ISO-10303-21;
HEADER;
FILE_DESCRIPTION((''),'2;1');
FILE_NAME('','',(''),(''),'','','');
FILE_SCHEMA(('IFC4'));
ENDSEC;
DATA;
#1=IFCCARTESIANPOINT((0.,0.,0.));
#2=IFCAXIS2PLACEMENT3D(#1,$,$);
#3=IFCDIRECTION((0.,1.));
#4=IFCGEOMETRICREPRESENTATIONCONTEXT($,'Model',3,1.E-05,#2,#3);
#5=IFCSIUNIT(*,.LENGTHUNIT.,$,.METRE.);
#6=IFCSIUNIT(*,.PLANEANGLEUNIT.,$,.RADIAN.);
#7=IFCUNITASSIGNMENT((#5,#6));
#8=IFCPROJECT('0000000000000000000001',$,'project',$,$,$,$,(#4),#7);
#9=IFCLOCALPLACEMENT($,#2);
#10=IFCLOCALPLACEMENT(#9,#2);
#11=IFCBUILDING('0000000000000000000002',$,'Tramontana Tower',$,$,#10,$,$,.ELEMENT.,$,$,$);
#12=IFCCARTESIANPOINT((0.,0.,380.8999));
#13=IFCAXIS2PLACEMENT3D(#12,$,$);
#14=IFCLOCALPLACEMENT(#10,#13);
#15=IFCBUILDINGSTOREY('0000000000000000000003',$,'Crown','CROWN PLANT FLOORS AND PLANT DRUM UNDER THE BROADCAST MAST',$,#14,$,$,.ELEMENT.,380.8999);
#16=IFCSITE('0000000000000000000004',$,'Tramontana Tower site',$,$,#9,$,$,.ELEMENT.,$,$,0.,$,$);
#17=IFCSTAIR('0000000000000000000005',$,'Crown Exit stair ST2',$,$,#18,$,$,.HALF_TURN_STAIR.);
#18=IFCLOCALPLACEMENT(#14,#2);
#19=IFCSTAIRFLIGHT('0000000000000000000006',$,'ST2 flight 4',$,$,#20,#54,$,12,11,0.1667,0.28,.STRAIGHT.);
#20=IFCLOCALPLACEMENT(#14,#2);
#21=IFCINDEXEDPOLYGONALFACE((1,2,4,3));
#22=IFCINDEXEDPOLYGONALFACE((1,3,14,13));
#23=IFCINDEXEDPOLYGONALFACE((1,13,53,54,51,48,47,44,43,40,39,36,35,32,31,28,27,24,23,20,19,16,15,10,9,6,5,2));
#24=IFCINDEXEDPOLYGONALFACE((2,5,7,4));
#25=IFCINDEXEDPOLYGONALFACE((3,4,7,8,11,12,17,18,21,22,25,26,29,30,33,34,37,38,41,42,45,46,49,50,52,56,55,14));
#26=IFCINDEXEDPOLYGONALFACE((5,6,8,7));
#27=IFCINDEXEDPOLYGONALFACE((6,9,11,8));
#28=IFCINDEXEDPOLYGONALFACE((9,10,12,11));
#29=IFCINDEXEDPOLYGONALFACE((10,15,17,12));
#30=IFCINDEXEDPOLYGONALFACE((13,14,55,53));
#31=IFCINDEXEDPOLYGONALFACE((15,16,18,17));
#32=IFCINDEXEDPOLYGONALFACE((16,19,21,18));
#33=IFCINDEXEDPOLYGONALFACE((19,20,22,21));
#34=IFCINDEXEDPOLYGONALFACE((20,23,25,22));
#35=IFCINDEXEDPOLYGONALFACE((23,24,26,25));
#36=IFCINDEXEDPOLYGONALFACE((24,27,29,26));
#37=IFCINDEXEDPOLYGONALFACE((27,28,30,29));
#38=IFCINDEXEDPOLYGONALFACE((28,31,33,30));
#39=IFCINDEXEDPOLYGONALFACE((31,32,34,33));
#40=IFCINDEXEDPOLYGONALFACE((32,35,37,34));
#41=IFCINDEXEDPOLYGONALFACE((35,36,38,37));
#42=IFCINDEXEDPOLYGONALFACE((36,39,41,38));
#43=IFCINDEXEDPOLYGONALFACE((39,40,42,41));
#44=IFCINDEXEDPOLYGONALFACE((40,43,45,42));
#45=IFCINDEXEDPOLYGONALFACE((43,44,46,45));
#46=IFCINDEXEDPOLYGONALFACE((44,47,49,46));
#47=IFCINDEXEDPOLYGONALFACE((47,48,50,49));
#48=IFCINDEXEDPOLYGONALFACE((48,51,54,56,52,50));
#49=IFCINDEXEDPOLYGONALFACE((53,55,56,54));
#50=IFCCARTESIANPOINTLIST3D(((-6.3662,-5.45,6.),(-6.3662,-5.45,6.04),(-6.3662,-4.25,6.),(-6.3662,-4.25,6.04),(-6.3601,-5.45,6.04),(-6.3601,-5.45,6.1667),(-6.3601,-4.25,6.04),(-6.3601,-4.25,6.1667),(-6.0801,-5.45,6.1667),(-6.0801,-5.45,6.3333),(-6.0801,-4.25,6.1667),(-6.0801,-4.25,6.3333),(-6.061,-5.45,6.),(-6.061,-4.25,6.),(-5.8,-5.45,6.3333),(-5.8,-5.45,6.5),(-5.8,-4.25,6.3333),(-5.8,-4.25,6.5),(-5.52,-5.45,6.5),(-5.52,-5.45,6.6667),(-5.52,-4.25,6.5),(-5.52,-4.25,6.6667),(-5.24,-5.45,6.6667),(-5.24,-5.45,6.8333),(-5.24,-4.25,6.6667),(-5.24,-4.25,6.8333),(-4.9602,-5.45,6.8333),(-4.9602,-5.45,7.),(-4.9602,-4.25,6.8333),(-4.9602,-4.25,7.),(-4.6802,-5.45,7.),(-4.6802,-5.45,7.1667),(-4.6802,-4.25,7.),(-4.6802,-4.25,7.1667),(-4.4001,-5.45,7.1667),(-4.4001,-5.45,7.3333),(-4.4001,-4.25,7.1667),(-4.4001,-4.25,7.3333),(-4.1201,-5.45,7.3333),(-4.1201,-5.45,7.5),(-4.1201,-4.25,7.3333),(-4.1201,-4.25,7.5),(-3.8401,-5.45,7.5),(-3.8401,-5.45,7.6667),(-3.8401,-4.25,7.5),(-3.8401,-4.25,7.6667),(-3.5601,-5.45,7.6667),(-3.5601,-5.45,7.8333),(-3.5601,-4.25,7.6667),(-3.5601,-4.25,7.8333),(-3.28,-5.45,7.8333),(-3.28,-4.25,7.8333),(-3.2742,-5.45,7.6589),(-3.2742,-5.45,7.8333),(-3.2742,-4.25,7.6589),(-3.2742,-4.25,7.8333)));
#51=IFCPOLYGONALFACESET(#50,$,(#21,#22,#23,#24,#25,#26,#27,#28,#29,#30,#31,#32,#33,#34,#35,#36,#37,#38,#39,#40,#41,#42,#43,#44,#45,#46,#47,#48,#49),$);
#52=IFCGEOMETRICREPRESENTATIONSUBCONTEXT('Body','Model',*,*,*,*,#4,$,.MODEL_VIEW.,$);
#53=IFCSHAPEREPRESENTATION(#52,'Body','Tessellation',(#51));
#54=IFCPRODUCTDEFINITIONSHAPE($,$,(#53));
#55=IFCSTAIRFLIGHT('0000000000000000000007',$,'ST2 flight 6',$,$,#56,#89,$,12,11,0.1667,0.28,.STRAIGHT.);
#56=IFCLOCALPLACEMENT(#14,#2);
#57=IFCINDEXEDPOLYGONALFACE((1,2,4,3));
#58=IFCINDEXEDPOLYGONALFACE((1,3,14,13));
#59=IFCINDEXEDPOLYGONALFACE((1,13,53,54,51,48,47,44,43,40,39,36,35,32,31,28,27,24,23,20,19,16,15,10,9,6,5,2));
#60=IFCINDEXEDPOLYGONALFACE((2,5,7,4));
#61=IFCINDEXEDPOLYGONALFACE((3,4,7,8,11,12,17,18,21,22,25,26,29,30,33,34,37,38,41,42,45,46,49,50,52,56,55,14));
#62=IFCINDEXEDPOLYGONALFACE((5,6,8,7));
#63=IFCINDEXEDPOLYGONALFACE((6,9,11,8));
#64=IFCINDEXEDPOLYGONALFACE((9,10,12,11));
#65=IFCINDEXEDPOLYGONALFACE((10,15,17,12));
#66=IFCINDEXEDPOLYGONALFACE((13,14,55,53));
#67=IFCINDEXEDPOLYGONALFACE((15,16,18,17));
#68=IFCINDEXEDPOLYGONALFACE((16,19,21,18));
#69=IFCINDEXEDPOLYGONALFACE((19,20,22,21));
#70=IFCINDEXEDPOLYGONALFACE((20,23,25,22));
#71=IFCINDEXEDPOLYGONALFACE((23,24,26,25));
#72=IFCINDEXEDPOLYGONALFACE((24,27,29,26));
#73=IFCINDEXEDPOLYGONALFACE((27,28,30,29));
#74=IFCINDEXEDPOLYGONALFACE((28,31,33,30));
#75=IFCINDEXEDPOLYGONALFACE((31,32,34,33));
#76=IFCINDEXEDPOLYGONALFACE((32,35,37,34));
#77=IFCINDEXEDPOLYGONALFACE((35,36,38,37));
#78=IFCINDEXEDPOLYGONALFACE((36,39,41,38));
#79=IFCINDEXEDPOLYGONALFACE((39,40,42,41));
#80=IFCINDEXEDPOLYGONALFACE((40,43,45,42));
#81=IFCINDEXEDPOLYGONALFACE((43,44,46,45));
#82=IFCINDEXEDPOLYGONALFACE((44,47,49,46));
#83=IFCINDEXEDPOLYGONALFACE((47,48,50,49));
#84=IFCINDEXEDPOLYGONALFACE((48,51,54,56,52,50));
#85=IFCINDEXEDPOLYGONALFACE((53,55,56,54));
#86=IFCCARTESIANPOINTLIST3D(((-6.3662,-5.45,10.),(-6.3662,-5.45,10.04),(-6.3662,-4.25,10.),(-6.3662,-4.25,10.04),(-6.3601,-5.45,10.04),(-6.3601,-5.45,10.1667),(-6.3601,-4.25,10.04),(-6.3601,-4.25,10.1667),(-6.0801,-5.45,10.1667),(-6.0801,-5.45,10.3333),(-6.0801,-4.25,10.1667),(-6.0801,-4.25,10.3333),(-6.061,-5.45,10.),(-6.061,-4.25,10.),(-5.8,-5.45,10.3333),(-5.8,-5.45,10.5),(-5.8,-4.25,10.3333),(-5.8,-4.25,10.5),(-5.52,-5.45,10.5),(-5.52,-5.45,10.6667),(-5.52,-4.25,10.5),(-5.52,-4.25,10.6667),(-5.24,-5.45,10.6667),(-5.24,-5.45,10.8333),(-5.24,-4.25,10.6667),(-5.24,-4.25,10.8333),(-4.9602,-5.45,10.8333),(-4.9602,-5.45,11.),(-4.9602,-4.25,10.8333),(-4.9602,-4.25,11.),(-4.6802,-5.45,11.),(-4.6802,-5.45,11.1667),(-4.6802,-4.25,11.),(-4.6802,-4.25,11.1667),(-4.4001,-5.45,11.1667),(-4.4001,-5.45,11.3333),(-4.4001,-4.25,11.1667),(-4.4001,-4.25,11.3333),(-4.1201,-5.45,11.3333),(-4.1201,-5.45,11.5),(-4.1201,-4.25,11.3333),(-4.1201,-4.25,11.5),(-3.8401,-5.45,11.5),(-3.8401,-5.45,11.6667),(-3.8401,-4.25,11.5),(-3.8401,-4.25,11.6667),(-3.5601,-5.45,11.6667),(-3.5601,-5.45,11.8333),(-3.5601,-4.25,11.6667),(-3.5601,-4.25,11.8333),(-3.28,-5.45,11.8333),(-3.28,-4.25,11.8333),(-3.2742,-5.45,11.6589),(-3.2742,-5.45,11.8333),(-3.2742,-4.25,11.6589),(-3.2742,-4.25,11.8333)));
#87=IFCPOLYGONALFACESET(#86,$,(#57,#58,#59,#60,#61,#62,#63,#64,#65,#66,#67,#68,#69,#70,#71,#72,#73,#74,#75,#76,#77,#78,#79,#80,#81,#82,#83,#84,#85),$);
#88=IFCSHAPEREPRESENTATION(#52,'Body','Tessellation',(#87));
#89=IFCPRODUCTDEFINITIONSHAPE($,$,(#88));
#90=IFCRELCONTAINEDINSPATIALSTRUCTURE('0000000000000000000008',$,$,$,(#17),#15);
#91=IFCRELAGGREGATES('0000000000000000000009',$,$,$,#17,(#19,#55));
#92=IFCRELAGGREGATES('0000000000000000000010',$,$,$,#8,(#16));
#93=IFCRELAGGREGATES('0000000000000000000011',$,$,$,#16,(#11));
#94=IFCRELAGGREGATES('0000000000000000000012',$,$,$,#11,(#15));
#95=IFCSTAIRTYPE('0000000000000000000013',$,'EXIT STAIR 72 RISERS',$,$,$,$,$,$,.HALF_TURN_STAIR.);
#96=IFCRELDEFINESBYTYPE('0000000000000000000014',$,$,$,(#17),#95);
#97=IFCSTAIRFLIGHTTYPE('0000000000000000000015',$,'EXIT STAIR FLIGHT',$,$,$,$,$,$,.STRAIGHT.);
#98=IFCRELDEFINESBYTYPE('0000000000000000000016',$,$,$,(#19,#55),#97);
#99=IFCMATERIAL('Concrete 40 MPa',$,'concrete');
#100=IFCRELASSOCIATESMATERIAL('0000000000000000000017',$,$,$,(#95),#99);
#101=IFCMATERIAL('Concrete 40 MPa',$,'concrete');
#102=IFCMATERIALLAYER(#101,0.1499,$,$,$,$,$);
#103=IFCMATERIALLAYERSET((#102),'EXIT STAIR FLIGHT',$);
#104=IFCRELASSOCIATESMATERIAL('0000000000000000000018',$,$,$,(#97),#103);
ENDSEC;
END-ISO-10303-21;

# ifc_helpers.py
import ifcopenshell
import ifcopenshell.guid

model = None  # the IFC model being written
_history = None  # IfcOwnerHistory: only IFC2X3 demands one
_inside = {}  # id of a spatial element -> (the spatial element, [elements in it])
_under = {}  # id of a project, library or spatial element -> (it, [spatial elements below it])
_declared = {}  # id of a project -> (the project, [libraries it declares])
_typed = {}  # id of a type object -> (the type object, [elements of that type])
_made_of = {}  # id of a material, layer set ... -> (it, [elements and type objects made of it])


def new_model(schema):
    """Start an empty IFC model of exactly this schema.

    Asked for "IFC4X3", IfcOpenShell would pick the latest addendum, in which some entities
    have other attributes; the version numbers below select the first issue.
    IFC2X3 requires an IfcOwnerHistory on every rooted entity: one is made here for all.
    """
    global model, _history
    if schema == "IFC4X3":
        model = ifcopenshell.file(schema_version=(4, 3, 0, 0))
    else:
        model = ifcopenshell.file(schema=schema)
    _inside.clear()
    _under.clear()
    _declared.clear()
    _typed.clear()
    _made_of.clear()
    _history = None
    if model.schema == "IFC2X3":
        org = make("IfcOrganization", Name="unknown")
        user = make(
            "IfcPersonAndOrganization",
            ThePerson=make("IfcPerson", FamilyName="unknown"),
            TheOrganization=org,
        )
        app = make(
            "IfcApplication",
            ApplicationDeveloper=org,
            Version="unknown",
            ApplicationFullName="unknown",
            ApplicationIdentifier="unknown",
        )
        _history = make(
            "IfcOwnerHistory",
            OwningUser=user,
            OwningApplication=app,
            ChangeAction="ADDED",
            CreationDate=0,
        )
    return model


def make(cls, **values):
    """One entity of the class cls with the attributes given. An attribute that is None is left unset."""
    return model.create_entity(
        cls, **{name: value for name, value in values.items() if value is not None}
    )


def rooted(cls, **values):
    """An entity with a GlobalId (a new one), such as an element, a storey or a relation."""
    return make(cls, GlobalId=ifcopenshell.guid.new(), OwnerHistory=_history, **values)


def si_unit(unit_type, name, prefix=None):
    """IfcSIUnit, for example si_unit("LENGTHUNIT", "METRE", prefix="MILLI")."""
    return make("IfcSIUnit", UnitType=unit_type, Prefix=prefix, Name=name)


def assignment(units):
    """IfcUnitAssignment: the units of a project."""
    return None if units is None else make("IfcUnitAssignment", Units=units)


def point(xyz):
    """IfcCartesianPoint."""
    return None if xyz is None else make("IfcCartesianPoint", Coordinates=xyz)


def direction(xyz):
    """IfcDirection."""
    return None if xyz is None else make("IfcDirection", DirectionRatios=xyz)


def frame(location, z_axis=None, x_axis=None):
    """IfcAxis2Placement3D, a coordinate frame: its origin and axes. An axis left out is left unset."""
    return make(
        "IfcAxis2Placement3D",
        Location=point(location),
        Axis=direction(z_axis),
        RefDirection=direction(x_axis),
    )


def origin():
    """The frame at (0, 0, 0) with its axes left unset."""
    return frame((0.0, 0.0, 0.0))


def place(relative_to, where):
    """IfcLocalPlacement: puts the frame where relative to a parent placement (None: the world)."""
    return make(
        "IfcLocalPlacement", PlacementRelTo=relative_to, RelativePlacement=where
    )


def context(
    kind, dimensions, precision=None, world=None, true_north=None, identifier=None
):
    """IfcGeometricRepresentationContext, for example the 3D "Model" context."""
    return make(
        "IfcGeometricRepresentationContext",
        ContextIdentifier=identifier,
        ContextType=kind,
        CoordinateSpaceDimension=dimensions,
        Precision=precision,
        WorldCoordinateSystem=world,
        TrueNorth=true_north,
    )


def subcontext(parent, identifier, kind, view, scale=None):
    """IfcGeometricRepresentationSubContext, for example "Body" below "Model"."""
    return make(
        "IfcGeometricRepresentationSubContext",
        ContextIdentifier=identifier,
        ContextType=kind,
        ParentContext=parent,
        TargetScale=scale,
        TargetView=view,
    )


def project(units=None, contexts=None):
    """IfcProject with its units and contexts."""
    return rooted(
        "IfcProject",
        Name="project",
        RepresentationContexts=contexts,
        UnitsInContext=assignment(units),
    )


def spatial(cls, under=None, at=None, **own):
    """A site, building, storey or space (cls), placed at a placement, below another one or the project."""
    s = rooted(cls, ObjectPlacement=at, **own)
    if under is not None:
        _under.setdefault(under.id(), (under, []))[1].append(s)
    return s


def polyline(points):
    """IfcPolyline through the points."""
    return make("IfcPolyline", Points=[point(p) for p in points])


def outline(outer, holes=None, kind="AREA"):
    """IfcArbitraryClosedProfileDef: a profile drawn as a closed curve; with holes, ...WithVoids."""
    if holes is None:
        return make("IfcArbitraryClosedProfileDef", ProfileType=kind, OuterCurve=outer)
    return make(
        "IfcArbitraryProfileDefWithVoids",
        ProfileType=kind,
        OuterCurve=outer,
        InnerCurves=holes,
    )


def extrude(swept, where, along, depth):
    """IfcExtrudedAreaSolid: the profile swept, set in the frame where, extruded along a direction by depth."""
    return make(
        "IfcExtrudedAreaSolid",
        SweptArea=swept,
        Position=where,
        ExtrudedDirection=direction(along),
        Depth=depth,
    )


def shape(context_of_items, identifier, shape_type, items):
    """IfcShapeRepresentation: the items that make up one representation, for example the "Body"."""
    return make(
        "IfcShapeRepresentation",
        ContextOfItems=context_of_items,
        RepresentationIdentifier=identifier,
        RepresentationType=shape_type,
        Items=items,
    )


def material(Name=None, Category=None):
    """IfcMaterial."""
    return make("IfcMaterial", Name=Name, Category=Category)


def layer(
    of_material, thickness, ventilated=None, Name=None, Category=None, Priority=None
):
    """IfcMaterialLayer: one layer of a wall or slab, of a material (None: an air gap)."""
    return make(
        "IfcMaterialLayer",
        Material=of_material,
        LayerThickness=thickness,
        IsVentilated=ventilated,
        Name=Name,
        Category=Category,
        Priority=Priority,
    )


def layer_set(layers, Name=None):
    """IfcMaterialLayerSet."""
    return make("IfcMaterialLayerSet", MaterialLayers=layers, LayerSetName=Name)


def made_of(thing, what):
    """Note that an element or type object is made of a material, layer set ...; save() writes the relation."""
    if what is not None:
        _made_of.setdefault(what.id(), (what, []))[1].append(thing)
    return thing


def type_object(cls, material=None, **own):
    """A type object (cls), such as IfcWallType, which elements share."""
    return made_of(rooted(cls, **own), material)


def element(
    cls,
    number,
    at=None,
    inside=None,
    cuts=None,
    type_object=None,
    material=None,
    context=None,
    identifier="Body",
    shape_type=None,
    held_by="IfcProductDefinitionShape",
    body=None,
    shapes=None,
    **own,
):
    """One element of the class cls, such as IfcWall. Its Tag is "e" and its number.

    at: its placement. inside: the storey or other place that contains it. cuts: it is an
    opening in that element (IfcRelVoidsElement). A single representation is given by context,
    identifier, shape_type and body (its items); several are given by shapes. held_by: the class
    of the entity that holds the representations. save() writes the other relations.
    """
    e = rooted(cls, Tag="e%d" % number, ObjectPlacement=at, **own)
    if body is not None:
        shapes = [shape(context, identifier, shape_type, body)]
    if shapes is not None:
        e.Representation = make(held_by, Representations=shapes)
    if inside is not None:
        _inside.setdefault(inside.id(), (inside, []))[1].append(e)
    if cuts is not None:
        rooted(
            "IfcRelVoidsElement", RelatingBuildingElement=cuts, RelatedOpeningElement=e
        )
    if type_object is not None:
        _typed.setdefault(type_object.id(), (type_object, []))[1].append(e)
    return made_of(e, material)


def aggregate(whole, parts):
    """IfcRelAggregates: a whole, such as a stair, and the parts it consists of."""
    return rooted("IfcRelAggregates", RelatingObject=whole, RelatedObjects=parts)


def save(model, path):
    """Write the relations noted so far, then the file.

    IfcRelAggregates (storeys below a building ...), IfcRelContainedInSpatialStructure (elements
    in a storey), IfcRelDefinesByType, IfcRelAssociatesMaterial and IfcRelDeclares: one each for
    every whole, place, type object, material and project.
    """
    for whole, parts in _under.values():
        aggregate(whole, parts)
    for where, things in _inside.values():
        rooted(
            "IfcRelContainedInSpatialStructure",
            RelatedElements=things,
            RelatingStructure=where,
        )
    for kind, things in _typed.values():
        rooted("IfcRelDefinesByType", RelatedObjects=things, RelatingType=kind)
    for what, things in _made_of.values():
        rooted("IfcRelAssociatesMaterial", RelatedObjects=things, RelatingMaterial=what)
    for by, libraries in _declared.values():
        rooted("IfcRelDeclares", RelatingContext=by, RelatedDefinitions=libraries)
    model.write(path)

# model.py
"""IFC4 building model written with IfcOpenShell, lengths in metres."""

from ifc_helpers import new_model, si_unit, direction, frame, origin, place, context, subcontext, project, spatial, polyline, outline, extrude, material, layer, layer_set, type_object, element, aggregate, save


model = new_model("IFC4")

# Units and contexts
model_context = context("Model", 3, precision=1e-05, world=origin(), true_north=direction((0.0, 1.0)))
body_context = subcontext(model_context, "Body", "Model", "MODEL_VIEW")
ifc_project = project(units=[si_unit("LENGTHUNIT", "METRE"), si_unit("PLANEANGLEUNIT", "RADIAN")], contexts=[model_context])

# Site, building, storey
site_placement = place(None, origin())
site = spatial("IfcSite", under=ifc_project, at=site_placement, Name="Tramontana Tower site", CompositionType="ELEMENT", RefElevation=0.0)
building_placement = place(site_placement, origin())
building = spatial("IfcBuilding", under=site, at=building_placement, Name="Tramontana Tower", CompositionType="ELEMENT")
storey_placement = place(building_placement, frame((0.0, 0.0, 380.8999)))
storey = spatial("IfcBuildingStorey", under=building, at=storey_placement, Name="Crown", Description="CROWN PLANT FLOORS AND PLANT DRUM UNDER THE BROADCAST MAST", CompositionType="ELEMENT", Elevation=380.8999)

# Stair, stair flights
ifc_material_1 = material(Name="Concrete 40 MPa", Category="concrete")
stair_type = type_object("IfcStairType", Name="EXIT STAIR 72 RISERS", PredefinedType="HALF_TURN_STAIR", material=ifc_material_1)
stair_placement = place(storey_placement, origin())
stair = element("IfcStair", 1, at=stair_placement, inside=storey, type_object=stair_type, Name="Crown Exit stair ST2", PredefinedType="HALF_TURN_STAIR")
ifc_material_2 = material(Name="Concrete 40 MPa", Category="concrete")
ifc_layer_1 = layer(ifc_material_2, 0.1499)
ifc_layer_set_1 = layer_set([ifc_layer_1], Name="EXIT STAIR FLIGHT")
stair_flight_type = type_object("IfcStairFlightType", Name="EXIT STAIR FLIGHT", PredefinedType="STRAIGHT", material=ifc_layer_set_1)
stair_flight_1_placement = place(storey_placement, frame((-6.3601, -4.8501, 6.0), z_axis=(0.0, 0.0, 1.0), x_axis=(1.0, 0.0, 0.0)))
stair_flight_1 = element("IfcStairFlight", 2, at=stair_flight_1_placement, type_object=stair_flight_type, Name="ST2 flight 4", NumberOfRisers=12, NumberOfTreads=11, PredefinedType="STRAIGHT", RiserHeight=0.1667, TreadLength=0.28, context=body_context, shape_type="SweptSolid", body=[
    extrude(outline(polyline([(-0.0061, 0.0), (-0.0061, 0.04), (0.0, 0.04), (0.0, 0.1667), (0.28, 0.1667), (0.28, 0.3333), (0.5601, 0.3333), (0.5601, 0.5), (0.8401, 0.5), (0.8401, 0.6667), (1.1201, 0.6667), (1.1201, 0.8333), (1.3999, 0.8333), (1.3999, 1.0), (1.6799, 1.0), (1.6799, 1.1667), (1.96, 1.1667), (1.96, 1.3333), (2.24, 1.3333), (2.24, 1.5), (2.52, 1.5), (2.52, 1.6667), (2.8, 1.6667), (2.8, 1.8333), (3.0801, 1.8333), (3.0859, 1.8333), (3.0859, 1.6589), (0.2991, 0.0), (-0.0061, 0.0)])), frame((0.0, 0.6001, 0.0), z_axis=(0.0, -1.0, 0.0), x_axis=(1.0, 0.0, 0.0)), (0.0, 0.0, 1.0), 1.2),
])
stair_flight_2_placement = place(storey_placement, frame((-6.3601, -4.8501, 10.0), z_axis=(0.0, 0.0, 1.0), x_axis=(1.0, 0.0, 0.0)))
stair_flight_2 = element("IfcStairFlight", 3, at=stair_flight_2_placement, type_object=stair_flight_type, Name="ST2 flight 6", NumberOfRisers=12, NumberOfTreads=11, PredefinedType="STRAIGHT", RiserHeight=0.1667, TreadLength=0.28, context=body_context, shape_type="SweptSolid", body=[
    extrude(outline(polyline([(-0.0061, 0.0), (-0.0061, 0.04), (0.0, 0.04), (0.0, 0.1667), (0.28, 0.1667), (0.28, 0.3333), (0.5601, 0.3333), (0.5601, 0.5), (0.8401, 0.5), (0.8401, 0.6667), (1.1201, 0.6667), (1.1201, 0.8333), (1.3999, 0.8333), (1.3999, 1.0), (1.6799, 1.0), (1.6799, 1.1667), (1.96, 1.1667), (1.96, 1.3333), (2.24, 1.3333), (2.24, 1.5), (2.52, 1.5), (2.52, 1.6667), (2.8, 1.6667), (2.8, 1.8333), (3.0801, 1.8333), (3.0859, 1.8333), (3.0859, 1.6589), (0.2991, 0.0), (-0.0061, 0.0)])), frame((0.0, 0.6001, 0.0), z_axis=(0.0, -1.0, 0.0), x_axis=(1.0, 0.0, 0.0)), (0.0, 0.0, 1.0), 1.2),
])
aggregate(stair, [stair_flight_1, stair_flight_2])

save(model, "model.ifc")
